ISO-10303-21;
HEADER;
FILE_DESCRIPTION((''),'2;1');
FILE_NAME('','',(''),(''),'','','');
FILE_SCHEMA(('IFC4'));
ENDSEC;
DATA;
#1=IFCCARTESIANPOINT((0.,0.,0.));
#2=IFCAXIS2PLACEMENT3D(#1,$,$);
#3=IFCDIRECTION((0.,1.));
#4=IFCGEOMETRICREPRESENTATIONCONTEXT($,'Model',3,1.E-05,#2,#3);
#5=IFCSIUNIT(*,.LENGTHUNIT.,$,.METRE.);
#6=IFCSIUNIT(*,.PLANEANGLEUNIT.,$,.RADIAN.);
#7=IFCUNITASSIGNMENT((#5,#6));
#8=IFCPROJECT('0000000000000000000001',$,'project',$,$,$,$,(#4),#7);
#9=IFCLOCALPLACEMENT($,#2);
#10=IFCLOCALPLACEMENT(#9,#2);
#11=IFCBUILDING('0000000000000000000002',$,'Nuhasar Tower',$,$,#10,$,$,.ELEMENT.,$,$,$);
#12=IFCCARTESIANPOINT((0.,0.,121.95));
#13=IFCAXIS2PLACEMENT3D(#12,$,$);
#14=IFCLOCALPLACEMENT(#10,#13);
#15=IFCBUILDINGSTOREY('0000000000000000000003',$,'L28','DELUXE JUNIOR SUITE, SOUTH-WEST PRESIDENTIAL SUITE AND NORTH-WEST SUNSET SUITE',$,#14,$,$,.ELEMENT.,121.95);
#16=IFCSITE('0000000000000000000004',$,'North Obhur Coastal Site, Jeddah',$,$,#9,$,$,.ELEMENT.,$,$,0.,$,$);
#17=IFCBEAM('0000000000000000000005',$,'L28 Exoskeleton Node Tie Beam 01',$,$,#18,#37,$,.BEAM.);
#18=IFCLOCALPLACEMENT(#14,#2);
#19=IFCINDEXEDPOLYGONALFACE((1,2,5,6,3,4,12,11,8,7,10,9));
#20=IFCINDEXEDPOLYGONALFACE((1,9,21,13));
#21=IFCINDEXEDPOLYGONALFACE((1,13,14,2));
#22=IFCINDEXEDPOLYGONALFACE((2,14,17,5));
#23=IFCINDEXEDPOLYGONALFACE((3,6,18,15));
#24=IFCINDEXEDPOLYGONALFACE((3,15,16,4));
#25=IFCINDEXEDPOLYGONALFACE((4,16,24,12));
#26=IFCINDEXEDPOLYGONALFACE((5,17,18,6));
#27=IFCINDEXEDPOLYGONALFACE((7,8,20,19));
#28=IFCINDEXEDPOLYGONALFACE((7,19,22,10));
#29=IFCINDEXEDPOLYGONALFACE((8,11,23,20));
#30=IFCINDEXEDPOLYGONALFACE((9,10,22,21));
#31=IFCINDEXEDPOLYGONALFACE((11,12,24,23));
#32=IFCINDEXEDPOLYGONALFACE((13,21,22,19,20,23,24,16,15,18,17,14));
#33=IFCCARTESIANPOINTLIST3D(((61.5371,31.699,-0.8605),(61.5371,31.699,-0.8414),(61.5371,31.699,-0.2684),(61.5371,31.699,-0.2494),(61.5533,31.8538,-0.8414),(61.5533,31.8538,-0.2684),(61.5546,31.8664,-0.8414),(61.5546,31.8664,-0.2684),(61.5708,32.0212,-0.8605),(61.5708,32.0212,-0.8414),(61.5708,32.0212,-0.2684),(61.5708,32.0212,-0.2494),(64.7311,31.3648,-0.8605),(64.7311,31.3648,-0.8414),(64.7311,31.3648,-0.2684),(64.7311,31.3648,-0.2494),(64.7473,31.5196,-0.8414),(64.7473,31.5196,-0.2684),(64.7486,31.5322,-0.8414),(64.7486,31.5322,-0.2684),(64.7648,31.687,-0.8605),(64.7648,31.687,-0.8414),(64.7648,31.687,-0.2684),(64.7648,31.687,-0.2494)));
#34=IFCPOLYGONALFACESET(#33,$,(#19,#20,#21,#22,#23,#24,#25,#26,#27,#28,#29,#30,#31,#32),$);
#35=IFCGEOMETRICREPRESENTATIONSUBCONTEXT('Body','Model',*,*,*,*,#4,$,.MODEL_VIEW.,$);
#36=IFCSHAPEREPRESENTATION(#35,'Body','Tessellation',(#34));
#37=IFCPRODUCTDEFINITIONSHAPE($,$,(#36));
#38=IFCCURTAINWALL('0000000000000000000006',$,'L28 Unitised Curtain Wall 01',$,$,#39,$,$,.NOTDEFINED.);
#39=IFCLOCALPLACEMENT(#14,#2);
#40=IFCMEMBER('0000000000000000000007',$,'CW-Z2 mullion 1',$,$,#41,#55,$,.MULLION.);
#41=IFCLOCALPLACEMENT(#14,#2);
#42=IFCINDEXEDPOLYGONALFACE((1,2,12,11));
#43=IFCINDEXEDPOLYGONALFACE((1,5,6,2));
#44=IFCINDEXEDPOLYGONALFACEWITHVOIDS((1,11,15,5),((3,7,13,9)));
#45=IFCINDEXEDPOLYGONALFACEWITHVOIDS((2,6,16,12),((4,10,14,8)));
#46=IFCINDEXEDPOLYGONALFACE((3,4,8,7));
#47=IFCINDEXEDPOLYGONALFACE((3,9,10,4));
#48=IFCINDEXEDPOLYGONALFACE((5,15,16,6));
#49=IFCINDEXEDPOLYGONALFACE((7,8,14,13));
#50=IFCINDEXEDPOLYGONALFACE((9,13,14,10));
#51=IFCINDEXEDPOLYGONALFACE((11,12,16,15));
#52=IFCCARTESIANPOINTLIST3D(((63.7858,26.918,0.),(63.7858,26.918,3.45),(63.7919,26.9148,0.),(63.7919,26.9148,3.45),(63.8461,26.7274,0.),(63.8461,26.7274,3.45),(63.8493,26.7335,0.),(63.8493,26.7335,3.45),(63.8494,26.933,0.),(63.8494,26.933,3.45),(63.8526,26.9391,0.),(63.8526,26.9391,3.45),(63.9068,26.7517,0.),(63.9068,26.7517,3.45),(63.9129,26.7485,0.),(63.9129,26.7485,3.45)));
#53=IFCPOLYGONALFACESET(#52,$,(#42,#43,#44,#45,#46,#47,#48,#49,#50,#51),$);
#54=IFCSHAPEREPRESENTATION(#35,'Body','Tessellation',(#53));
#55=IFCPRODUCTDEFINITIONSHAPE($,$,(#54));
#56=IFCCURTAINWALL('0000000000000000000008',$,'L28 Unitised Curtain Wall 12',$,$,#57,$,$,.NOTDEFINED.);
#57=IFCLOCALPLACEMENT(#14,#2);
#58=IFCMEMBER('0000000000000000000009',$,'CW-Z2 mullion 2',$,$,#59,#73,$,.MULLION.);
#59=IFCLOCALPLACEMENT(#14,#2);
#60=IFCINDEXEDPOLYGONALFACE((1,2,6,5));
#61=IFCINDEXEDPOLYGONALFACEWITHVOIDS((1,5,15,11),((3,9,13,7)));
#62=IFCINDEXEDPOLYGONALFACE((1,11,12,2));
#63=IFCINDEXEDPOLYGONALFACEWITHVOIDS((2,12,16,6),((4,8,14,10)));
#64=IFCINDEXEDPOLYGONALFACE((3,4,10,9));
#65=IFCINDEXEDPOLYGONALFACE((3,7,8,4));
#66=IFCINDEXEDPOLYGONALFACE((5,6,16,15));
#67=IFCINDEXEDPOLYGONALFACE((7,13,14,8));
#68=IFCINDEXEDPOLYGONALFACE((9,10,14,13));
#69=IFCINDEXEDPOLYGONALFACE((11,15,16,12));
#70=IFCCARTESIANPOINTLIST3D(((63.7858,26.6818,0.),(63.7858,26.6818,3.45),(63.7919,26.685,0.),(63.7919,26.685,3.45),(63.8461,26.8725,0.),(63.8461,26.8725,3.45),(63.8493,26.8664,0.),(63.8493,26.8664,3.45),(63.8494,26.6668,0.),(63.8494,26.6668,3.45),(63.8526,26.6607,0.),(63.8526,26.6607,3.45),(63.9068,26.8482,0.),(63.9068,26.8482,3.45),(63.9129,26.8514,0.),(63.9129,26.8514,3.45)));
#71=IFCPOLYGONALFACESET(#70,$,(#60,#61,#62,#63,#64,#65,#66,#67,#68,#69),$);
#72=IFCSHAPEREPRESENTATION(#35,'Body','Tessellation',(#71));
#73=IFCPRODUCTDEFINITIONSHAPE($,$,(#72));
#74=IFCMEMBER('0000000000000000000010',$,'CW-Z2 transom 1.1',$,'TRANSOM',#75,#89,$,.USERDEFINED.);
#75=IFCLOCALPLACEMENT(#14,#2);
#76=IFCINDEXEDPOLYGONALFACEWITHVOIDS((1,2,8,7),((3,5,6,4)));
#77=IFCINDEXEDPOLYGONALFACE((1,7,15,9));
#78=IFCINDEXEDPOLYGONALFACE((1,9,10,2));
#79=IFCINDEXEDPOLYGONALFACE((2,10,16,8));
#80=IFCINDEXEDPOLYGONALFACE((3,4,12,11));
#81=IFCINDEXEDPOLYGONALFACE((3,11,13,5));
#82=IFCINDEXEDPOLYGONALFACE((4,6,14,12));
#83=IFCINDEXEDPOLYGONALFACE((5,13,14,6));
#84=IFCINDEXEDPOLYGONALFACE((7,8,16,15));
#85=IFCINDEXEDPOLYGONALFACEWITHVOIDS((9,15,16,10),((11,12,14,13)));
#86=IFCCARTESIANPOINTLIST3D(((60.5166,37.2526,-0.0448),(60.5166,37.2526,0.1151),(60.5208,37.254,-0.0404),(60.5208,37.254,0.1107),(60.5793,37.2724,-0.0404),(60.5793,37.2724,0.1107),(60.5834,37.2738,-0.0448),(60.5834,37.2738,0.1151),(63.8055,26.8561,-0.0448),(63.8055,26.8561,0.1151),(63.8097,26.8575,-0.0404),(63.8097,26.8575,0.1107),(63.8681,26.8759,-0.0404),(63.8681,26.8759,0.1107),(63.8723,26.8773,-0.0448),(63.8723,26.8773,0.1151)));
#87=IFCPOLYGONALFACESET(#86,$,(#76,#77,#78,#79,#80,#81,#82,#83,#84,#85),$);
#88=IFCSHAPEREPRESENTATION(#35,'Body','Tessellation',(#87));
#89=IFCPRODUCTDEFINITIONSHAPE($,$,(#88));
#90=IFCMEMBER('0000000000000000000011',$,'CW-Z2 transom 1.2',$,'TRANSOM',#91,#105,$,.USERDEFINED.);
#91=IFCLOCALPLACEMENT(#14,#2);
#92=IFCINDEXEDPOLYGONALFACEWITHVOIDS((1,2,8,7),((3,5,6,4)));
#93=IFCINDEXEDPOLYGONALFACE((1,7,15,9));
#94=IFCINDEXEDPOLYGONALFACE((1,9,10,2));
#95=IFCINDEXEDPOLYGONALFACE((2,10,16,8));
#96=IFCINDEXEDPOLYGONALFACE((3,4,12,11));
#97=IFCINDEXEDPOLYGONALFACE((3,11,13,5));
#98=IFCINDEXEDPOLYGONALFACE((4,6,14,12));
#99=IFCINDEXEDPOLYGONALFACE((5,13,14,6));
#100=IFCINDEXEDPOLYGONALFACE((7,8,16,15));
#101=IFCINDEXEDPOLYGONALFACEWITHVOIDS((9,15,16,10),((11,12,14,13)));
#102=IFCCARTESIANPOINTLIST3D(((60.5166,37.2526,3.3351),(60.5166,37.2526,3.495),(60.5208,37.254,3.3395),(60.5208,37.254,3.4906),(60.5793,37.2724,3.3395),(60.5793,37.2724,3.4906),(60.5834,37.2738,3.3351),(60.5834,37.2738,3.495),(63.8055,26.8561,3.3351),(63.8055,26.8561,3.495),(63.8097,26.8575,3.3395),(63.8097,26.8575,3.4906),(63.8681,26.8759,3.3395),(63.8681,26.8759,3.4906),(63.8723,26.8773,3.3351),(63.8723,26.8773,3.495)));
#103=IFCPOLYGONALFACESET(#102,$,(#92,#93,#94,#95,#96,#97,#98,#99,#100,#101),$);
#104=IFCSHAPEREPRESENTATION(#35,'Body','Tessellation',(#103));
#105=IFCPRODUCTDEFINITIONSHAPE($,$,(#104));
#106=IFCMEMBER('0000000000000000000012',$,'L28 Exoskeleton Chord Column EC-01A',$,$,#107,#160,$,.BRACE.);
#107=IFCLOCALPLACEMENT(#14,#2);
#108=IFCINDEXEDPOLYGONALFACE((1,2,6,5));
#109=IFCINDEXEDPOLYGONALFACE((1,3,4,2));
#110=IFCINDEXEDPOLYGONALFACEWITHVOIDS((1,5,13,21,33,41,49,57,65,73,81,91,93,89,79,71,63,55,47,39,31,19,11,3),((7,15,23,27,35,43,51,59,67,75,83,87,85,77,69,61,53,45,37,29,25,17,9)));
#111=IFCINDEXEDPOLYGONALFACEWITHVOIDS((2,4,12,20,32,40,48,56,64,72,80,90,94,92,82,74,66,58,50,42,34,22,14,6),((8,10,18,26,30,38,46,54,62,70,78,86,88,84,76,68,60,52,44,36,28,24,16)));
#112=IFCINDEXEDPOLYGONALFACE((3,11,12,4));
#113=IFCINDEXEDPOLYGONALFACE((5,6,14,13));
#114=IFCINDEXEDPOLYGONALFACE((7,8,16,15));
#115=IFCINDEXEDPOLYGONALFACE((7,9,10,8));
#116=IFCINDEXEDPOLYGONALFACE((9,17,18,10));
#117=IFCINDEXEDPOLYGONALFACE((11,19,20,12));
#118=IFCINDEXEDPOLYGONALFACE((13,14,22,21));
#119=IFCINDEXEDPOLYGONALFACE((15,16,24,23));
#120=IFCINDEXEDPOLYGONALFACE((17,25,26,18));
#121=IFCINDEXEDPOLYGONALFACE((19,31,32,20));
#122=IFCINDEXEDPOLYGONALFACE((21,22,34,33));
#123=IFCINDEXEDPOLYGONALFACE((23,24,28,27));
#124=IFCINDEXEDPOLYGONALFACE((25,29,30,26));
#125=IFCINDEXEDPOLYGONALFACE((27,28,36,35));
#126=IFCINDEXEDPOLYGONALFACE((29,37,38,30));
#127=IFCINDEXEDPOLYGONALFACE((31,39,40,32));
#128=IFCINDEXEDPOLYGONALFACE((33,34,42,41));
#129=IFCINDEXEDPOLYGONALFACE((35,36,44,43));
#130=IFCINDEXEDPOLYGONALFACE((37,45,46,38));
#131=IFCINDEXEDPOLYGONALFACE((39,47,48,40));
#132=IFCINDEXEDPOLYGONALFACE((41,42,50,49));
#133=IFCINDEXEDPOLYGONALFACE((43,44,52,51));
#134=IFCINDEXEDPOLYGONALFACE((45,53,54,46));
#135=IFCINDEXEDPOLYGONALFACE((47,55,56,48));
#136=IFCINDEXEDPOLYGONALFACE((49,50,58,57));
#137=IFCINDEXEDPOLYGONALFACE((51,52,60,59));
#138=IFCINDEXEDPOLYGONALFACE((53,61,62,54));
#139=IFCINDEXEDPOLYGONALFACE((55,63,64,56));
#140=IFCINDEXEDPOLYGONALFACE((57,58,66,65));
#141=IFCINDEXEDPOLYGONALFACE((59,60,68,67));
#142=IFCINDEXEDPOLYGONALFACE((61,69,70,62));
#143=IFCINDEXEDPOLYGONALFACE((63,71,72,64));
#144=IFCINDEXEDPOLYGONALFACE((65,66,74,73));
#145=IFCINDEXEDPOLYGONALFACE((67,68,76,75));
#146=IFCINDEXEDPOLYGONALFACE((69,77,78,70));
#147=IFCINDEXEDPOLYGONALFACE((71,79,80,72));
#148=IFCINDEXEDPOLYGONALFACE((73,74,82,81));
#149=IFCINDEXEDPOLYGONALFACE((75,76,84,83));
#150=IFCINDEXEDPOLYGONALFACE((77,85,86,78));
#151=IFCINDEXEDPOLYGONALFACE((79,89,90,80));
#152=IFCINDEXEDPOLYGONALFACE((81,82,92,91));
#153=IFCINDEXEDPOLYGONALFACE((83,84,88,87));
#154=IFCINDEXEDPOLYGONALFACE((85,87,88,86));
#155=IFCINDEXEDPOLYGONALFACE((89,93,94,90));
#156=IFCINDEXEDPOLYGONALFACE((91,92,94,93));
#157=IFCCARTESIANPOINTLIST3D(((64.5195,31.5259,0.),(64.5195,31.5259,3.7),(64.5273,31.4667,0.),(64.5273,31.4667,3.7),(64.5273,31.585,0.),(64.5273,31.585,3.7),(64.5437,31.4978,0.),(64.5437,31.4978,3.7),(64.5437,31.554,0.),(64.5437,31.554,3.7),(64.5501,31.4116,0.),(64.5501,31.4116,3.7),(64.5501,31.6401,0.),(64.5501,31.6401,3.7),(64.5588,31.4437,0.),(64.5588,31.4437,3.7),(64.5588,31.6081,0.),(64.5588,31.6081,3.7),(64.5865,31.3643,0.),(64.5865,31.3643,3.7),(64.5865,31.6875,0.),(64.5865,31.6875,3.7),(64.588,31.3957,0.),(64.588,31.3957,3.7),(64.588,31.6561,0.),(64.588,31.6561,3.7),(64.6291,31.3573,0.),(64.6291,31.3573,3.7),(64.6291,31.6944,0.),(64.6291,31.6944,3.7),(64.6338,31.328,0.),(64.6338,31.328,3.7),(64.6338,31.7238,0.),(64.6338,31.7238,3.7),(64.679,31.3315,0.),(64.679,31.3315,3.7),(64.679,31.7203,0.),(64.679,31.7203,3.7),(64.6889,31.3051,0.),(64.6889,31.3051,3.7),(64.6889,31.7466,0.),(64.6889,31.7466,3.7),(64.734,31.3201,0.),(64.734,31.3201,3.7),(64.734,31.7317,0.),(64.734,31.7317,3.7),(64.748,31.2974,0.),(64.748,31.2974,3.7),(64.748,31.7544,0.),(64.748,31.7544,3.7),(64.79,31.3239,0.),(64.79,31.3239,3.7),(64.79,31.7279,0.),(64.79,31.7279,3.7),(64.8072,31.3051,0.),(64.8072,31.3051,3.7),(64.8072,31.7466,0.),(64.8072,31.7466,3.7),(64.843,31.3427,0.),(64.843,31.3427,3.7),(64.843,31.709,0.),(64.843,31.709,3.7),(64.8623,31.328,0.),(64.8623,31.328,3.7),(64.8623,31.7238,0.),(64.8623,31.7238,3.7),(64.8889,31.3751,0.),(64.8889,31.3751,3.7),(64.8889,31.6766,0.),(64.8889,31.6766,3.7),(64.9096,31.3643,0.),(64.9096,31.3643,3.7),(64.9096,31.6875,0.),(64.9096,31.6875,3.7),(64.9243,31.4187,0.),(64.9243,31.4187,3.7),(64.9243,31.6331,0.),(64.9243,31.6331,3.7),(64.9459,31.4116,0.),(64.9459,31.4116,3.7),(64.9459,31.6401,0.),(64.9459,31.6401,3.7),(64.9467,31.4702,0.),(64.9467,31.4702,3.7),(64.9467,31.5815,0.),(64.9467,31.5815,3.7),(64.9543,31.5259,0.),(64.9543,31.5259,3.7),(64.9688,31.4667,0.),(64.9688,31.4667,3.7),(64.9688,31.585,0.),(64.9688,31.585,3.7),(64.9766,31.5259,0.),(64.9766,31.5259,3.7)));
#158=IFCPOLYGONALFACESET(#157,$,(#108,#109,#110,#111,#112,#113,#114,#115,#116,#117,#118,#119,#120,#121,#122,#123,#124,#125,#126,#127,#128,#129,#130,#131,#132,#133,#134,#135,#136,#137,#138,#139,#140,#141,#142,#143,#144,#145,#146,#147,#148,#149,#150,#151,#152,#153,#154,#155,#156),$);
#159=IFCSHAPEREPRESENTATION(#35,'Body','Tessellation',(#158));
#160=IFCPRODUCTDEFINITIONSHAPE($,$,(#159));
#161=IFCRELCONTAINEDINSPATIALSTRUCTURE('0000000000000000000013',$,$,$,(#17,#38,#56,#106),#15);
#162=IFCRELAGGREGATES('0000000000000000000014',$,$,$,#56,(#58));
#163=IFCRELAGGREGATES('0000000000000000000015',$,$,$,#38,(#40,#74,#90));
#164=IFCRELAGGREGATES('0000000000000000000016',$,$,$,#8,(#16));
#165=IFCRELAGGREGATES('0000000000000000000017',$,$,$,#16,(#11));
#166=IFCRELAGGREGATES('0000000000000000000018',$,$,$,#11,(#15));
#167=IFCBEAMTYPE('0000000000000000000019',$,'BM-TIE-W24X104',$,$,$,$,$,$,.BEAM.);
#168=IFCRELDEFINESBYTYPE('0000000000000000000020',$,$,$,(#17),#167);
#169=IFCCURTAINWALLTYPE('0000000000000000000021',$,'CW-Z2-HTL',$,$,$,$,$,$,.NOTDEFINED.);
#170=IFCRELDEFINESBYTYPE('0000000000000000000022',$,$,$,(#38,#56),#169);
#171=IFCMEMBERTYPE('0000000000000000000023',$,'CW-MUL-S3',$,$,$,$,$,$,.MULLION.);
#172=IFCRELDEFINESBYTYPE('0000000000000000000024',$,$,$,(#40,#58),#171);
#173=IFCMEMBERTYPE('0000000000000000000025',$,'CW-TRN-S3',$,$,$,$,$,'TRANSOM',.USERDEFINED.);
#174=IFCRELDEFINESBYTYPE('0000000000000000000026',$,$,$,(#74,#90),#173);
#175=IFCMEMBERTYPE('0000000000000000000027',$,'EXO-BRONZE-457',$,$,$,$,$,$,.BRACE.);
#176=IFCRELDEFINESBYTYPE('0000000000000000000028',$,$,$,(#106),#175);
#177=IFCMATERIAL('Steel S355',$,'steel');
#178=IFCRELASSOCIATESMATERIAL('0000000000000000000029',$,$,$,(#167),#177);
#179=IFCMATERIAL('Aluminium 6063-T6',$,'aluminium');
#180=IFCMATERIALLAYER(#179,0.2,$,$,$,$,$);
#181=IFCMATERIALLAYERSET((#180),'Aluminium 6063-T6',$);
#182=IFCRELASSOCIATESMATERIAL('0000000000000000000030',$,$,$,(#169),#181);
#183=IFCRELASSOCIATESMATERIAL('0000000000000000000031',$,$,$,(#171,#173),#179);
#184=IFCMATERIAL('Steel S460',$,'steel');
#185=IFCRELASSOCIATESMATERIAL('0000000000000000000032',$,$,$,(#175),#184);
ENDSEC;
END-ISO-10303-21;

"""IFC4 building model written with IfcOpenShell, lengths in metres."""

from ifc_helpers import new_model, si_unit, direction, frame, origin, origin_2d, place, context, subcontext, project, spatial, hollow_rectangle, hollow_circle, i_section, extrude, material, layer, layer_set, material_profile, profile_set, type_object, element, aggregate, save


model = new_model("IFC4")

# Units and contexts
model_context = context("Model", 3, precision=1e-05, world=origin(), true_north=direction((0.0, 1.0)))
body_context = subcontext(model_context, "Body", "Model", "MODEL_VIEW")
ifc_project = project(units=[si_unit("LENGTHUNIT", "METRE"), si_unit("PLANEANGLEUNIT", "RADIAN")], contexts=[model_context])

# Site, building, storey
site_placement = place(None, origin())
site = spatial("IfcSite", under=ifc_project, at=site_placement, Name="North Obhur Coastal Site, Jeddah", CompositionType="ELEMENT", RefElevation=0.0)
building_placement = place(site_placement, origin())
building = spatial("IfcBuilding", under=site, at=building_placement, Name="Nuhasar Tower", CompositionType="ELEMENT")
storey_placement = place(building_placement, frame((0.0, 0.0, 121.95)))
storey = spatial("IfcBuildingStorey", under=building, at=storey_placement, Name="L28", Description="DELUXE JUNIOR SUITE, SOUTH-WEST PRESIDENTIAL SUITE AND NORTH-WEST SUNSET SUITE", CompositionType="ELEMENT", Elevation=121.95)

# Beam
ifc_material_1 = material(Name="Steel S355", Category="steel")
ifc_material_profile_1 = material_profile(ifc_material_1, i_section(OverallWidth=0.324, OverallDepth=0.6111, WebThickness=0.0127, FlangeThickness=0.019, at=origin_2d()), Name="W24X104")
ifc_profile_set_1 = profile_set([ifc_material_profile_1], Name="Steel S355")
beam_type_1 = type_object("IfcBeamType", Name="BM-TIE-W24X104", PredefinedType="BEAM", material=ifc_profile_set_1)
beam_1_placement = place(storey_placement, frame((61.554, 31.8601, -0.5549), z_axis=(0.99457, -0.104071, 0.0), x_axis=(0.104071, 0.99457, 0.0)))
element("IfcBeam", 1, at=beam_1_placement, inside=storey, type_object=beam_type_1, Name="L28 Exoskeleton Node Tie Beam 01", PredefinedType="BEAM", context=body_context, shape_type="SweptSolid", body=[
    extrude(i_section(OverallWidth=0.324, OverallDepth=0.6111, WebThickness=0.0127, FlangeThickness=0.019, at=origin_2d()), origin(), (0.0, 0.0, 1.0), 3.2114),
])

# Curtain walls, members
ifc_material_2 = material(Name="Aluminium 6063-T6", Category="aluminium")
ifc_layer_1 = layer(ifc_material_2, 0.2)
ifc_layer_set_1 = layer_set([ifc_layer_1], Name="Aluminium 6063-T6")
curtain_wall_type = type_object("IfcCurtainWallType", Name="CW-Z2-HTL", PredefinedType="NOTDEFINED", material=ifc_layer_set_1)
curtain_wall_1_placement = place(storey_placement, origin())
curtain_wall_1 = element("IfcCurtainWall", 2, at=curtain_wall_1_placement, inside=storey, type_object=curtain_wall_type, Name="L28 Unitised Curtain Wall 01", PredefinedType="NOTDEFINED")
ifc_material_profile_2 = material_profile(ifc_material_2, hollow_rectangle(XDim=0.0701, YDim=0.2, WallThickness=0.0049, at=origin_2d()), Name="CWM-3")
ifc_profile_set_2 = profile_set([ifc_material_profile_2], Name="Aluminium 6063-T6")
member_type_1 = type_object("IfcMemberType", Name="CW-MUL-S3", PredefinedType="MULLION", material=ifc_profile_set_2)
member_1_placement = place(storey_placement, frame((63.8494, 26.8333, 0.0), z_axis=(0.0, 0.0, 1.0), x_axis=(-0.953433, -0.301604, 0.0)))
member_1 = element("IfcMember", 3, at=member_1_placement, type_object=member_type_1, Name="CW-Z2 mullion 1", PredefinedType="MULLION", context=body_context, shape_type="SweptSolid", body=[
    extrude(hollow_rectangle(XDim=0.0701, YDim=0.2, WallThickness=0.0049, at=origin_2d()), origin(), (0.0, 0.0, 1.0), 3.45),
])
curtain_wall_2_placement = place(storey_placement, origin())
curtain_wall_2 = element("IfcCurtainWall", 4, at=curtain_wall_2_placement, inside=storey, type_object=curtain_wall_type, Name="L28 Unitised Curtain Wall 12", PredefinedType="NOTDEFINED")
member_2_placement = place(storey_placement, frame((63.8494, 26.7666, 0.0), z_axis=(0.0, 0.0, 1.0), x_axis=(-0.953433, 0.301604, 0.0)))
member_2 = element("IfcMember", 5, at=member_2_placement, type_object=member_type_1, Name="CW-Z2 mullion 2", PredefinedType="MULLION", context=body_context, shape_type="SweptSolid", body=[
    extrude(hollow_rectangle(XDim=0.0701, YDim=0.2, WallThickness=0.0049, at=origin_2d()), origin(), (0.0, 0.0, 1.0), 3.45),
])
aggregate(curtain_wall_2, [member_2])

# Members
ifc_material_profile_3 = material_profile(ifc_material_2, hollow_rectangle(XDim=0.0701, YDim=0.1599, WallThickness=0.0044, at=origin_2d()), Name="CWT-3")
ifc_profile_set_3 = profile_set([ifc_material_profile_3], Name="Aluminium 6063-T6")
member_type_2 = type_object("IfcMemberType", Name="CW-TRN-S3", ElementType="TRANSOM", PredefinedType="USERDEFINED", material=ifc_profile_set_3)
member_3_placement = place(storey_placement, frame((63.8389, 26.8667, 0.0352), z_axis=(-0.301608, 0.953432, 0.0), x_axis=(-0.953432, -0.301608, 0.0)))
member_3 = element("IfcMember", 6, at=member_3_placement, type_object=member_type_2, Name="CW-Z2 transom 1.1", ObjectType="TRANSOM", PredefinedType="USERDEFINED", context=body_context, shape_type="SweptSolid", body=[
    extrude(hollow_rectangle(XDim=0.0701, YDim=0.1599, WallThickness=0.0044, at=origin_2d()), origin(), (0.0, 0.0, 1.0), 10.9043),
])
member_4_placement = place(storey_placement, frame((63.8389, 26.8667, 3.415), z_axis=(-0.301608, 0.953432, 0.0), x_axis=(-0.953432, -0.301608, 0.0)))
member_4 = element("IfcMember", 7, at=member_4_placement, type_object=member_type_2, Name="CW-Z2 transom 1.2", ObjectType="TRANSOM", PredefinedType="USERDEFINED", context=body_context, shape_type="SweptSolid", body=[
    extrude(hollow_rectangle(XDim=0.0701, YDim=0.1599, WallThickness=0.0044, at=origin_2d()), origin(), (0.0, 0.0, 1.0), 10.9043),
])

# Member
ifc_material_3 = material(Name="Steel S460", Category="steel")
ifc_material_profile_4 = material_profile(ifc_material_3, hollow_circle(Radius=0.2285, WallThickness=0.0222, at=origin_2d()), Name="HSS457X22.2")
ifc_profile_set_4 = profile_set([ifc_material_profile_4], Name="Steel S460")
member_type_3 = type_object("IfcMemberType", Name="EXO-BRONZE-457", PredefinedType="BRACE", material=ifc_profile_set_4)
for number, where, z_axis, x_axis, name in (
    (8, (64.748, 31.5259, 0.0), (0.0, 0.0, 1.0), (1.0, 0.0, 0.0), "L28 Exoskeleton Chord Column EC-01A"),
):
    element("IfcMember", number, at=place(storey_placement, frame(where, z_axis=z_axis, x_axis=x_axis)), inside=storey, type_object=member_type_3, Name=name, PredefinedType="BRACE", context=body_context, shape_type="SweptSolid", body=[
        extrude(hollow_circle(Radius=0.2285, WallThickness=0.0222, at=origin_2d()), origin(), (0.0, 0.0, 1.0), 3.7),
    ])

aggregate(curtain_wall_1, [member_1, member_3, member_4])

save(model, "model.ifc")
